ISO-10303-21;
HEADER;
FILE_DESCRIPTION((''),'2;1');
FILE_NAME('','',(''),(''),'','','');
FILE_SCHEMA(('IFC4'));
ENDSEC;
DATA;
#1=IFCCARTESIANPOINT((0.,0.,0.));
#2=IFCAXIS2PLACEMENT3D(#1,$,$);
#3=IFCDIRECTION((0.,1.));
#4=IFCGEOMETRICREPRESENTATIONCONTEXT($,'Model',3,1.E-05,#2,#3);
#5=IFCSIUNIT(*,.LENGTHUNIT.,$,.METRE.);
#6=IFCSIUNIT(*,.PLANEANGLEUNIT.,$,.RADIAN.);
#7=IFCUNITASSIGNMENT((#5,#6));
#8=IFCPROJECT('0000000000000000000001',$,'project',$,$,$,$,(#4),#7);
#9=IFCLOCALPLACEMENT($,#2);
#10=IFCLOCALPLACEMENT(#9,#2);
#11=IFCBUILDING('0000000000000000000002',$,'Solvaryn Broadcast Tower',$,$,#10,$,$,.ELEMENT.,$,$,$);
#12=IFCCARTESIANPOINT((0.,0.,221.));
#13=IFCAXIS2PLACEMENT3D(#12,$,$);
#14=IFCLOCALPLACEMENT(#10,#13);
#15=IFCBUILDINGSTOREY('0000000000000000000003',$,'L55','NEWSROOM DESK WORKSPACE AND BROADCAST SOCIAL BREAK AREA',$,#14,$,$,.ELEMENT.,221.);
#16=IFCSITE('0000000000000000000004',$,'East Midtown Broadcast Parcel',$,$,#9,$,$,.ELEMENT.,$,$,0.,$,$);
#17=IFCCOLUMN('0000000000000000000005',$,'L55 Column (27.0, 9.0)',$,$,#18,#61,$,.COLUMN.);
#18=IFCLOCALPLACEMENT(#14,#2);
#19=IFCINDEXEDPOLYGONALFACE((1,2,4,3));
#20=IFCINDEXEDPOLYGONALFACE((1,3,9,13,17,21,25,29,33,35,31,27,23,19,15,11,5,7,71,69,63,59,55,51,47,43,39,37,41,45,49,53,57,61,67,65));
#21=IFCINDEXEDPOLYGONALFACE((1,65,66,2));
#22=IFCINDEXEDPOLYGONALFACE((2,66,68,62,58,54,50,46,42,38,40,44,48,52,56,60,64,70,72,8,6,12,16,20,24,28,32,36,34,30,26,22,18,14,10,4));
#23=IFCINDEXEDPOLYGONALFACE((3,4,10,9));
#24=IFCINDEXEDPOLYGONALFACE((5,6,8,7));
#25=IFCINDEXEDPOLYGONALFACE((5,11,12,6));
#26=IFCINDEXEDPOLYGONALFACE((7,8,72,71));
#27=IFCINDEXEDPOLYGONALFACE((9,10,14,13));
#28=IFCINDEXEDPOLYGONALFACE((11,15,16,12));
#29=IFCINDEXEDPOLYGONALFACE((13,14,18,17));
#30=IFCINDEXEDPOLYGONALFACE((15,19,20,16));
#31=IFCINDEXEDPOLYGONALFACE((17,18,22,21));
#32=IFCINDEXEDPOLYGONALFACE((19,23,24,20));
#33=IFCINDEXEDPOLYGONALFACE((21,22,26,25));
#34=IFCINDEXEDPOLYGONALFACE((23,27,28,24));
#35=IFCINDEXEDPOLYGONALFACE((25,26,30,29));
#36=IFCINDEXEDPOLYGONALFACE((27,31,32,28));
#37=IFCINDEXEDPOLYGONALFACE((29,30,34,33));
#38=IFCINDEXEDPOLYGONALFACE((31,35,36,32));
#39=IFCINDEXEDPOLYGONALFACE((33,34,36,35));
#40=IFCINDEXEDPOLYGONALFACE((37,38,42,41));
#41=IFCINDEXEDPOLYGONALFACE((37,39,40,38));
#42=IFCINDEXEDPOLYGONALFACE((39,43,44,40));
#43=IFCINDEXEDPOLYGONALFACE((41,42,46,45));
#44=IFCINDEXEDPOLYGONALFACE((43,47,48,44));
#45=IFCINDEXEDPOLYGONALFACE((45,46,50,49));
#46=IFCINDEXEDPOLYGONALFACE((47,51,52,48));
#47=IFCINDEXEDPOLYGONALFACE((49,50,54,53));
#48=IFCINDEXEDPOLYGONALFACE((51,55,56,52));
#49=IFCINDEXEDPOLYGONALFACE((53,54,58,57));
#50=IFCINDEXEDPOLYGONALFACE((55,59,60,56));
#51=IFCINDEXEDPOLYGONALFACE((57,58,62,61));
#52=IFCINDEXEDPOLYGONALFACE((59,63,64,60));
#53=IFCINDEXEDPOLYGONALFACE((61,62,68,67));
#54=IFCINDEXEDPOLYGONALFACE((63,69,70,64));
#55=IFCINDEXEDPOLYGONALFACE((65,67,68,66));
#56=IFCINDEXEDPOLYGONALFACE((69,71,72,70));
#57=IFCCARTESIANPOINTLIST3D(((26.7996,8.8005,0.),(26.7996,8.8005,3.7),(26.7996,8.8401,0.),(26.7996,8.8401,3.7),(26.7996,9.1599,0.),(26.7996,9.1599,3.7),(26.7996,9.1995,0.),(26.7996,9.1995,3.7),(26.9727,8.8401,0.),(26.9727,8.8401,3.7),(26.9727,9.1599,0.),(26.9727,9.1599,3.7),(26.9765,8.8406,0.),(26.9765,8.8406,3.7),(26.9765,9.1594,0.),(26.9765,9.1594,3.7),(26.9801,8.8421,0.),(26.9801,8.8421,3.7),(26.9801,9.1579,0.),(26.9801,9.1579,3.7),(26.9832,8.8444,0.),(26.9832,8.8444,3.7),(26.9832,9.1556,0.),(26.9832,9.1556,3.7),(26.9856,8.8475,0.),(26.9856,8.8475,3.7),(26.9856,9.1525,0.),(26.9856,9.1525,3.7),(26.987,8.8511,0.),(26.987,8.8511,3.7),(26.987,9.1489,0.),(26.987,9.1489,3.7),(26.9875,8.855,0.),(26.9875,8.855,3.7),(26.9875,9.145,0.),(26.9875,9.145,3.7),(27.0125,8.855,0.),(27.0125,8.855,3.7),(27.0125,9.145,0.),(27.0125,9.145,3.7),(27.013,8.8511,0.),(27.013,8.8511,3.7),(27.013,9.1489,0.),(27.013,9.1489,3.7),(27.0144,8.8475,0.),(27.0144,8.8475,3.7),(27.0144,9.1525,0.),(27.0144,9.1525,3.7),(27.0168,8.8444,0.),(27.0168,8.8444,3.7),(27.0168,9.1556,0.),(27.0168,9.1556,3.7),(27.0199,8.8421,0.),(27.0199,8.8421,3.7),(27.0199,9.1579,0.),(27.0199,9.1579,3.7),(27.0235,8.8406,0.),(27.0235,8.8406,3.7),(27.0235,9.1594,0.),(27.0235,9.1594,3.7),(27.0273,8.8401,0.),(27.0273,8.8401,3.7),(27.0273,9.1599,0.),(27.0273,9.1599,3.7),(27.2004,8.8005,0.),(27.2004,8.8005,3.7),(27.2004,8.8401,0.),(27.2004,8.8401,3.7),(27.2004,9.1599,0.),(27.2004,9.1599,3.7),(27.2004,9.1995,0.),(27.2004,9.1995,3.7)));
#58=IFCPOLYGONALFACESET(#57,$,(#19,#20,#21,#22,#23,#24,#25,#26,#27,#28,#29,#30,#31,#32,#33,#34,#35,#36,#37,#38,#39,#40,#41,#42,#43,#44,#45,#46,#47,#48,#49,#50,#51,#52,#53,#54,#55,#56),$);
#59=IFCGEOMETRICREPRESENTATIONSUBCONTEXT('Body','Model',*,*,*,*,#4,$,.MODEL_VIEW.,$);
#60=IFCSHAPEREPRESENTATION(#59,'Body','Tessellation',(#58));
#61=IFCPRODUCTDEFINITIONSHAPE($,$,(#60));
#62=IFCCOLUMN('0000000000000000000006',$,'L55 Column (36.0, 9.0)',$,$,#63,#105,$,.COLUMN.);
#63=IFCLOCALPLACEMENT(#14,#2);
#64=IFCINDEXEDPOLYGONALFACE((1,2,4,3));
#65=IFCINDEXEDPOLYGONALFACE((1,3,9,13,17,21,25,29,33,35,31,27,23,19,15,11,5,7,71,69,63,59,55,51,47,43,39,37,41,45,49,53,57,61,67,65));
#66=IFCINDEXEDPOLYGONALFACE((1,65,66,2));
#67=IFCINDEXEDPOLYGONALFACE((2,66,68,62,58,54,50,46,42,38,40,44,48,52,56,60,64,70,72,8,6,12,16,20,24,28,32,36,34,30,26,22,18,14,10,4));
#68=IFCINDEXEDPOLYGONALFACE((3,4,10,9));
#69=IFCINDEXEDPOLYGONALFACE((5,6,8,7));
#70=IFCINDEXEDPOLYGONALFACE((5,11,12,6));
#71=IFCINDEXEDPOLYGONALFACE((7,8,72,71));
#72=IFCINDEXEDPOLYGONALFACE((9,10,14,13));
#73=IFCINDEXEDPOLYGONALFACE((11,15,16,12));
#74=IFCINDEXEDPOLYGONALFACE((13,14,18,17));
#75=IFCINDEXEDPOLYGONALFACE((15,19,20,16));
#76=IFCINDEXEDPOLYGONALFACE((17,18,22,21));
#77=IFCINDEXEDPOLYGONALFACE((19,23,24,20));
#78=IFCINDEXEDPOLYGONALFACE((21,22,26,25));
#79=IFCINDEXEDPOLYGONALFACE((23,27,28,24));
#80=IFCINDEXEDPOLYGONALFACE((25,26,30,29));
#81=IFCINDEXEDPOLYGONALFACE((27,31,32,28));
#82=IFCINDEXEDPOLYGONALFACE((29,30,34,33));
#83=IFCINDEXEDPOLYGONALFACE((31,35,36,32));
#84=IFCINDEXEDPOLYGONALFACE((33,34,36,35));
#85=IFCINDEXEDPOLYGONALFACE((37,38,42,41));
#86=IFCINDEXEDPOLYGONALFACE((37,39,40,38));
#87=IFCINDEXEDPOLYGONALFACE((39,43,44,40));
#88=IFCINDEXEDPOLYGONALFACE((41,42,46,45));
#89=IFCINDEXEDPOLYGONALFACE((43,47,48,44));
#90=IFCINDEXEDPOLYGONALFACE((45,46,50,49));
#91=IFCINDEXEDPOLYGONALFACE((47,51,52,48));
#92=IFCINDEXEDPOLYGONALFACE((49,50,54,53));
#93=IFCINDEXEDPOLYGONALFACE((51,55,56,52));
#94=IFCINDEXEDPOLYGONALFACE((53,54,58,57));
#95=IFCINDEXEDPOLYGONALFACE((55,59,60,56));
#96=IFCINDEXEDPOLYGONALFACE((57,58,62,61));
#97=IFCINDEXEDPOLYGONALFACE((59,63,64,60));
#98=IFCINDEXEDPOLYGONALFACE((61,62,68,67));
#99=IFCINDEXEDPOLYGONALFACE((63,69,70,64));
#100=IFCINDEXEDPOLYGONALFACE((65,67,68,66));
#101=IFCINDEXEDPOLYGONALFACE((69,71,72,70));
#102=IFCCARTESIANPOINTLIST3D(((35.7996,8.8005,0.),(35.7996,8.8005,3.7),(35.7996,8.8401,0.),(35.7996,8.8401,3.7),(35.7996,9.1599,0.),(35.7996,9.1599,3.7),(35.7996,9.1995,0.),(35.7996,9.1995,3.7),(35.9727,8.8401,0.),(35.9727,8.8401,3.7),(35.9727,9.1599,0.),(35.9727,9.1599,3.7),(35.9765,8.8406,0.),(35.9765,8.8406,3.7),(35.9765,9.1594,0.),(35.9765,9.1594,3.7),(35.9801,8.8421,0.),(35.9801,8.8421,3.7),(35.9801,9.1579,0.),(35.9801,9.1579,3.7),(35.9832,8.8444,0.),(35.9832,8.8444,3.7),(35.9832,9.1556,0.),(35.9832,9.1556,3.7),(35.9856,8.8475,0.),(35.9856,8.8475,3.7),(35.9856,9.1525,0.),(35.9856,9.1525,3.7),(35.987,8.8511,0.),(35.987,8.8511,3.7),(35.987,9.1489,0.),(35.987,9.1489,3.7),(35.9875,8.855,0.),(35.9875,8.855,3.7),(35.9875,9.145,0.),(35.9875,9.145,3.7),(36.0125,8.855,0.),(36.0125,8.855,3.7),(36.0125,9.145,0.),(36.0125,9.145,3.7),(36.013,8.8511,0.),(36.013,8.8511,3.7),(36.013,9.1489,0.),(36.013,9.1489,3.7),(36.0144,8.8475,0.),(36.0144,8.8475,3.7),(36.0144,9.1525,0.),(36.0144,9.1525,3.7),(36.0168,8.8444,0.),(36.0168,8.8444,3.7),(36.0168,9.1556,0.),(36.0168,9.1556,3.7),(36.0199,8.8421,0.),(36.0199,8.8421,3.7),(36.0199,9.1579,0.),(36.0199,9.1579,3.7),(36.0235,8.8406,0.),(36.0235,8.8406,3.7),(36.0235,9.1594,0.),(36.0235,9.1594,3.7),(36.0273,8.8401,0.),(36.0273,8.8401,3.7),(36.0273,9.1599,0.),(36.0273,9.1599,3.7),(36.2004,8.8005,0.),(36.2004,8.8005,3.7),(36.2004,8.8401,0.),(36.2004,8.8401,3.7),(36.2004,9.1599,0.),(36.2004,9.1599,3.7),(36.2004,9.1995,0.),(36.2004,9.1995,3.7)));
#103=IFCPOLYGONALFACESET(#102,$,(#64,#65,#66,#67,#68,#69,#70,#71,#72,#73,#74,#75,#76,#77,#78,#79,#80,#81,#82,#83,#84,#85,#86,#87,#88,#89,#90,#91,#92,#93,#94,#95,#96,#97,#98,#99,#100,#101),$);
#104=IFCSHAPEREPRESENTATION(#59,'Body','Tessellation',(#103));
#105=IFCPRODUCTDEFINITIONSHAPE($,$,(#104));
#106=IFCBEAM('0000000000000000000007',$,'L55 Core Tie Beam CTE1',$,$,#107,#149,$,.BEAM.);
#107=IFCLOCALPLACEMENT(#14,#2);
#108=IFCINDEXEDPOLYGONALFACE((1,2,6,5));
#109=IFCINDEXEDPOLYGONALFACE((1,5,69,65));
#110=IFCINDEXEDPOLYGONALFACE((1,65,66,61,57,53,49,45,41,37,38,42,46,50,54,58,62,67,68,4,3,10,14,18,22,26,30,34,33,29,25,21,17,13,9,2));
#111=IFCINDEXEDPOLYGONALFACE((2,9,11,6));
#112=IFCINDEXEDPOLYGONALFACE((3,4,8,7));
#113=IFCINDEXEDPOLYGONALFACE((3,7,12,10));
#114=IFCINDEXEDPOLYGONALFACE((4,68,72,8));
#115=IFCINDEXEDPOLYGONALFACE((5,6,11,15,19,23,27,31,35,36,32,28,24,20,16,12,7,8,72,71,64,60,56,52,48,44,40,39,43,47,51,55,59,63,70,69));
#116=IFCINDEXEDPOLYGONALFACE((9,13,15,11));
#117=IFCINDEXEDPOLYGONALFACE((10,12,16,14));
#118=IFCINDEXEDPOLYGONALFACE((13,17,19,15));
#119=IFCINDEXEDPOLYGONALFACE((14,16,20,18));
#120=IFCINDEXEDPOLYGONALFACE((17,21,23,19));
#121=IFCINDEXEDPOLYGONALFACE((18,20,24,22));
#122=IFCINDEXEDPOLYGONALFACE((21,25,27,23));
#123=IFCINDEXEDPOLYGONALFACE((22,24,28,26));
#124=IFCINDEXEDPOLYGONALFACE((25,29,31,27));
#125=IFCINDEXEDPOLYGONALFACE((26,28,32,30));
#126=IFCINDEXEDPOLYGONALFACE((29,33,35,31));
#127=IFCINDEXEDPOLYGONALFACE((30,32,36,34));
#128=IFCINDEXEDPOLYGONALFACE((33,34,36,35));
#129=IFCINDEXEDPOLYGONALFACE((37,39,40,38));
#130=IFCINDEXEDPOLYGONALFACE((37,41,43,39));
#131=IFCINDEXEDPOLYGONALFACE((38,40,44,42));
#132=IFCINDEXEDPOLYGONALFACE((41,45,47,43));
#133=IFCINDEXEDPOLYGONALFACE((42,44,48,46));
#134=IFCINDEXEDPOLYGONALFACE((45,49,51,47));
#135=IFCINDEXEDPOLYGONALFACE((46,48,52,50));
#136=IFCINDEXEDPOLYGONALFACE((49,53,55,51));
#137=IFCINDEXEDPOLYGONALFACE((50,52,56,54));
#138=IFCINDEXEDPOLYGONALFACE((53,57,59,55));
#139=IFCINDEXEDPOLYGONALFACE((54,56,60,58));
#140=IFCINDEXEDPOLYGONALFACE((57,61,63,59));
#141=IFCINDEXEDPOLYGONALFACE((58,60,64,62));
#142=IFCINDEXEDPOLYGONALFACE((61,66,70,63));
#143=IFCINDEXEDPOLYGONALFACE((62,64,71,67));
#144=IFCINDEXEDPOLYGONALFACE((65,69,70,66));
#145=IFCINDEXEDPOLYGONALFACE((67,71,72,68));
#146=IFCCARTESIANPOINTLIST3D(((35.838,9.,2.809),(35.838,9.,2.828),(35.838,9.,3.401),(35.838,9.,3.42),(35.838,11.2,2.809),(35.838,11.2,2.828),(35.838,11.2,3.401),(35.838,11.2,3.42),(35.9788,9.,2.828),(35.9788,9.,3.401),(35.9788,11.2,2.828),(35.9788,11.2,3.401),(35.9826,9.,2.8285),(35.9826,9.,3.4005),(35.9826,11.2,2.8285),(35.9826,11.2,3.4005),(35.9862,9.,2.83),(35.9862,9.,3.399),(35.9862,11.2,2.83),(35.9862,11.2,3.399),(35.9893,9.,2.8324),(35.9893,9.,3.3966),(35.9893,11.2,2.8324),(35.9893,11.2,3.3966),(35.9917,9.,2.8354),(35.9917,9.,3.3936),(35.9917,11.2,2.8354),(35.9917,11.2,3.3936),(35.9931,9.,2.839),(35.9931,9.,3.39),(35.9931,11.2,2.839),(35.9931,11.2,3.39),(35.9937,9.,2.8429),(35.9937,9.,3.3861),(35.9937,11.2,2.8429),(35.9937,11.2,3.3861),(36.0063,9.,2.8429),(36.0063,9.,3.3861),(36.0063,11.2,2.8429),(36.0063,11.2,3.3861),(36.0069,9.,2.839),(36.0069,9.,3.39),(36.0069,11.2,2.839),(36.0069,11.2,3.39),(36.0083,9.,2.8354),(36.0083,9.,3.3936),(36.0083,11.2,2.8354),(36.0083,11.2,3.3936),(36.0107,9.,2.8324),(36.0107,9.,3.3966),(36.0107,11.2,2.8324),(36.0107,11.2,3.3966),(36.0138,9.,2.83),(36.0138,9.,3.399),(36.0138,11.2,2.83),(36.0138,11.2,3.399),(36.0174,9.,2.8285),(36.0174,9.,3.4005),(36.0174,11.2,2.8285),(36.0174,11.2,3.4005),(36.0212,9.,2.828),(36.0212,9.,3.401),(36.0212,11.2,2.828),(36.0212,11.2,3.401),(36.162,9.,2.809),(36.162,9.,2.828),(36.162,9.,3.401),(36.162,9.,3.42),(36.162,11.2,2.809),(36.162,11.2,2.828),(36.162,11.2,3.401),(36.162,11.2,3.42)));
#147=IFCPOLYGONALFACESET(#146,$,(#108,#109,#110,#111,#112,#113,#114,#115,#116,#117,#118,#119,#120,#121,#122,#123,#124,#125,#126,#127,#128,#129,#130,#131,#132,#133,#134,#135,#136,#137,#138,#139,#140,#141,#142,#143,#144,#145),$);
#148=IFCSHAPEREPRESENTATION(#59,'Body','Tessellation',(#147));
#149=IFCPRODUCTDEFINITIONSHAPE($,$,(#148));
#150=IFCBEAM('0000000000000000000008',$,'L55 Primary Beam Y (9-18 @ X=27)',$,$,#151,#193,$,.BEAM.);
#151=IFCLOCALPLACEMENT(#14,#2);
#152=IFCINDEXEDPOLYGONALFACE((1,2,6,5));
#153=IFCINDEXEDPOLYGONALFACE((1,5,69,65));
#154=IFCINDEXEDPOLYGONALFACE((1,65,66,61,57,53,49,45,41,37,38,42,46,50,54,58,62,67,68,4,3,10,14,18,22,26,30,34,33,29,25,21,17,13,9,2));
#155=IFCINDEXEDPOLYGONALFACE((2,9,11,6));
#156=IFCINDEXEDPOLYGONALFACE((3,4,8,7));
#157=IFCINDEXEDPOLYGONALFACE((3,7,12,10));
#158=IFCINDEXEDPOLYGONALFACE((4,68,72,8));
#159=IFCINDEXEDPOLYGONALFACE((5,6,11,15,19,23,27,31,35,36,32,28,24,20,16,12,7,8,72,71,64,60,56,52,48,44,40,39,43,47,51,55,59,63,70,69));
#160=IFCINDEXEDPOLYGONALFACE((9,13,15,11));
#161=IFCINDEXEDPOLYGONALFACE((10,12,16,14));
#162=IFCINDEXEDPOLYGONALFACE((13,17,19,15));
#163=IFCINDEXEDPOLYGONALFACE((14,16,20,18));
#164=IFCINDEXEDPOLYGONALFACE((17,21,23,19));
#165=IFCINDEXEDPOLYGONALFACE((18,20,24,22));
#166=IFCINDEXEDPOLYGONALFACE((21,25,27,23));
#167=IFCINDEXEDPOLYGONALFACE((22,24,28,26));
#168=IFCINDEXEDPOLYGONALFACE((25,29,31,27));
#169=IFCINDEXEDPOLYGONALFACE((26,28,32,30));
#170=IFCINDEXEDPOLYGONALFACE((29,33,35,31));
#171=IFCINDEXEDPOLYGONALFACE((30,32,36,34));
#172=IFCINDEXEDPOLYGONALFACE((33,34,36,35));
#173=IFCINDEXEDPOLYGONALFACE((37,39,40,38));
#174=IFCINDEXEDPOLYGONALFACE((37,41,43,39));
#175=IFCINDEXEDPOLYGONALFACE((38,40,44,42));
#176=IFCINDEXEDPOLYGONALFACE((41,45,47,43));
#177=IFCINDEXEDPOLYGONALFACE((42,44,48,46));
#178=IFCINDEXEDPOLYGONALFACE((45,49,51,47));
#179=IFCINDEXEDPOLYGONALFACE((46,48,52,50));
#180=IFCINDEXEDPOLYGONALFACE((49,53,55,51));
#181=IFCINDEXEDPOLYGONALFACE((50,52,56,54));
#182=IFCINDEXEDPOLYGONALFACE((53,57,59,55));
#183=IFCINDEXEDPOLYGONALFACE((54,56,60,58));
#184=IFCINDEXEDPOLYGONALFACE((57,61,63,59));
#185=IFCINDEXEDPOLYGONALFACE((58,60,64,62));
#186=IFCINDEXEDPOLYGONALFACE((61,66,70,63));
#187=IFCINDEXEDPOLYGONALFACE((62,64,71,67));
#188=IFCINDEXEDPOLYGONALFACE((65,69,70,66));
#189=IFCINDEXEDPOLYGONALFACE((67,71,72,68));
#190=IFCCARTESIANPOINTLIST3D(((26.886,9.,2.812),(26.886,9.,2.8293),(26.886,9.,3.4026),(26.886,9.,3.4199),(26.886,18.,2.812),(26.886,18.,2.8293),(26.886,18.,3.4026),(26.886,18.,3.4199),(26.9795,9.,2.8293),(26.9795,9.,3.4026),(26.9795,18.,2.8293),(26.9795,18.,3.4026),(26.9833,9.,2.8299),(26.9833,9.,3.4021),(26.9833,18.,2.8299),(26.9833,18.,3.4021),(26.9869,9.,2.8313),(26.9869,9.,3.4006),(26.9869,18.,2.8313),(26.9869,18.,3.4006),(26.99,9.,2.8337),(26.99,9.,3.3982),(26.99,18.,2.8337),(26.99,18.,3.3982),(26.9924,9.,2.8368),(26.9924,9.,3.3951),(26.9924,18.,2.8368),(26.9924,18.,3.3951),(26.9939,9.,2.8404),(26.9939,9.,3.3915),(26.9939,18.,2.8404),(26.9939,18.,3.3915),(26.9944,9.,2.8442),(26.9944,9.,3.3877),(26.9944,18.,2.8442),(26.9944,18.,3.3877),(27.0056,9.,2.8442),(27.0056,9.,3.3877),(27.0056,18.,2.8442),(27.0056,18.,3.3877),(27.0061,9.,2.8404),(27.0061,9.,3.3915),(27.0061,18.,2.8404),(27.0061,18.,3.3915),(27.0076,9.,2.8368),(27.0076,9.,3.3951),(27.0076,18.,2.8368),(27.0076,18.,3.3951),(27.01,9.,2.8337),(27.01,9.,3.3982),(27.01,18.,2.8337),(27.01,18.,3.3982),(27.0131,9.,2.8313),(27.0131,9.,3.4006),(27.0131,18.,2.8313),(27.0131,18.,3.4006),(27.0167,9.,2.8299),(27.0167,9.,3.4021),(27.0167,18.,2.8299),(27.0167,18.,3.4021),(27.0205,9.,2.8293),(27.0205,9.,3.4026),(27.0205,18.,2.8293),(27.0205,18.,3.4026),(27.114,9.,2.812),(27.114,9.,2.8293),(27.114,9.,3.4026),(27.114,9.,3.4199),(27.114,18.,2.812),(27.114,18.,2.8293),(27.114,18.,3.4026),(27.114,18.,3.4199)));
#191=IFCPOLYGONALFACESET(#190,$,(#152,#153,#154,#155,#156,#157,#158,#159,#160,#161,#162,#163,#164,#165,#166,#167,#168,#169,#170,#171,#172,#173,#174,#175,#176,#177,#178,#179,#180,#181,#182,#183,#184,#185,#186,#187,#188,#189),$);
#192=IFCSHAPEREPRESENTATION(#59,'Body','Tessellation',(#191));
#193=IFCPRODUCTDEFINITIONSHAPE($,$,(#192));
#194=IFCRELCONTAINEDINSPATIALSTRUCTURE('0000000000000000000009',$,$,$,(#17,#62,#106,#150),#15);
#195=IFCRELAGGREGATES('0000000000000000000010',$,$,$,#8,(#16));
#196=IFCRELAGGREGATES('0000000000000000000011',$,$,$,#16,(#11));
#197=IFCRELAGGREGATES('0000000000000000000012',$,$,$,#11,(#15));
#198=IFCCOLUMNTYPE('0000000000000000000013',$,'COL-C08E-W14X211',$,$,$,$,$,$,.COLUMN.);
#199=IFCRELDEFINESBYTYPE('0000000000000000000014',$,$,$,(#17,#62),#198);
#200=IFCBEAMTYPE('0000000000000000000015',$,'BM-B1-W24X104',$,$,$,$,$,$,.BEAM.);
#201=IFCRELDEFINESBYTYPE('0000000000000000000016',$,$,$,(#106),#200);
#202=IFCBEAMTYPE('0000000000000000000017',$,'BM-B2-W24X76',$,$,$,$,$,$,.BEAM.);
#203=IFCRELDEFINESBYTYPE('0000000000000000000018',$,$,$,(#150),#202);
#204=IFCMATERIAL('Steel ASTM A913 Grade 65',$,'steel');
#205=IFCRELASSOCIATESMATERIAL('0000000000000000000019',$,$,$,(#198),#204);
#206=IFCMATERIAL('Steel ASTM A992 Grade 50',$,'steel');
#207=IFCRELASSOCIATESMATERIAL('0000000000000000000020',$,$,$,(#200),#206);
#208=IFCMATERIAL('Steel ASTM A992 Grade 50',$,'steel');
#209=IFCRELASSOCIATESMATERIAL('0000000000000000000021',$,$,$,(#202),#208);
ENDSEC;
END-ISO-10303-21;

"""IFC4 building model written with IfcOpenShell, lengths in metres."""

from ifc_helpers import new_model, si_unit, direction, frame, origin, origin_2d, place, context, subcontext, project, spatial, i_section, extrude, material, material_profile, profile_set, type_object, element, save


model = new_model("IFC4")

# Units and contexts
model_context = context("Model", 3, precision=1e-05, world=origin(), true_north=direction((0.0, 1.0)))
body_context = subcontext(model_context, "Body", "Model", "MODEL_VIEW")
ifc_project = project(units=[si_unit("LENGTHUNIT", "METRE"), si_unit("PLANEANGLEUNIT", "RADIAN")], contexts=[model_context])

# Site, building, storey
site_placement = place(None, origin())
site = spatial("IfcSite", under=ifc_project, at=site_placement, Name="East Midtown Broadcast Parcel", CompositionType="ELEMENT", RefElevation=0.0)
building_placement = place(site_placement, origin())
building = spatial("IfcBuilding", under=site, at=building_placement, Name="Solvaryn Broadcast Tower", CompositionType="ELEMENT")
storey_placement = place(building_placement, frame((0.0, 0.0, 221.0)))
storey = spatial("IfcBuildingStorey", under=building, at=storey_placement, Name="L55", Description="NEWSROOM DESK WORKSPACE AND BROADCAST SOCIAL BREAK AREA", CompositionType="ELEMENT", Elevation=221.0)

# Columns
ifc_material_1 = material(Name="Steel ASTM A913 Grade 65", Category="steel")
ifc_material_profile_1 = material_profile(ifc_material_1, i_section(OverallWidth=0.4009, OverallDepth=0.3989, WebThickness=0.0249, FlangeThickness=0.0396, FilletRadius=0.0149, at=origin_2d()))
ifc_profile_set_1 = profile_set([ifc_material_profile_1], Name="Steel ASTM A913 Grade 65")
column_type = type_object("IfcColumnType", Name="COL-C08E-W14X211", PredefinedType="COLUMN", material=ifc_profile_set_1)
for number, where, z_axis, x_axis, name in (
    (1, (27.0, 9.0, 0.0), (0.0, 0.0, 1.0), (1.0, 0.0, 0.0), "L55 Column (27.0, 9.0)"),
    (2, (36.0, 9.0, 0.0), (0.0, 0.0, 1.0), (1.0, 0.0, 0.0), "L55 Column (36.0, 9.0)"),
):
    element("IfcColumn", number, at=place(storey_placement, frame(where, z_axis=z_axis, x_axis=x_axis)), inside=storey, type_object=column_type, Name=name, PredefinedType="COLUMN", context=body_context, shape_type="SweptSolid", body=[
        extrude(i_section(OverallWidth=0.4009, OverallDepth=0.3989, WebThickness=0.0249, FlangeThickness=0.0396, FilletRadius=0.0149, at=origin_2d()), origin(), (0.0, 0.0, 1.0), 3.7),
    ])

# Beams
ifc_material_2 = material(Name="Steel ASTM A992 Grade 50", Category="steel")
ifc_material_profile_2 = material_profile(ifc_material_2, i_section(OverallWidth=0.324, OverallDepth=0.6111, WebThickness=0.0127, FlangeThickness=0.019, FilletRadius=0.0149, at=origin_2d()))
ifc_profile_set_2 = profile_set([ifc_material_profile_2], Name="Steel ASTM A992 Grade 50")
beam_type_1 = type_object("IfcBeamType", Name="BM-B1-W24X104", PredefinedType="BEAM", material=ifc_profile_set_2)
beam_1_placement = place(storey_placement, frame((36.0, 9.0, 3.1145), z_axis=(0.0, 1.0, 0.0), x_axis=(-1.0, 0.0, 0.0)))
element("IfcBeam", 3, at=beam_1_placement, inside=storey, type_object=beam_type_1, Name="L55 Core Tie Beam CTE1", PredefinedType="BEAM", context=body_context, shape_type="SweptSolid", body=[
    extrude(i_section(OverallWidth=0.324, OverallDepth=0.6111, WebThickness=0.0127, FlangeThickness=0.019, FilletRadius=0.0149, at=origin_2d()), origin(), (0.0, 0.0, 1.0), 2.2),
])
ifc_material_3 = material(Name="Steel ASTM A992 Grade 50", Category="steel")
ifc_material_profile_3 = material_profile(ifc_material_3, i_section(OverallWidth=0.228, OverallDepth=0.6079, WebThickness=0.0112, FlangeThickness=0.0173, FilletRadius=0.0149, at=origin_2d()))
ifc_profile_set_3 = profile_set([ifc_material_profile_3], Name="Steel ASTM A992 Grade 50")
beam_type_2 = type_object("IfcBeamType", Name="BM-B2-W24X76", PredefinedType="BEAM", material=ifc_profile_set_3)
beam_2_placement = place(storey_placement, frame((27.0, 9.0, 3.116), z_axis=(0.0, 1.0, 0.0), x_axis=(-1.0, 0.0, 0.0)))
element("IfcBeam", 4, at=beam_2_placement, inside=storey, type_object=beam_type_2, Name="L55 Primary Beam Y (9-18 @ X=27)", PredefinedType="BEAM", context=body_context, shape_type="SweptSolid", body=[
    extrude(i_section(OverallWidth=0.228, OverallDepth=0.6079, WebThickness=0.0112, FlangeThickness=0.0173, FilletRadius=0.0149, at=origin_2d()), origin(), (0.0, 0.0, 1.0), 9.0),
])

save(model, "model.ifc")
